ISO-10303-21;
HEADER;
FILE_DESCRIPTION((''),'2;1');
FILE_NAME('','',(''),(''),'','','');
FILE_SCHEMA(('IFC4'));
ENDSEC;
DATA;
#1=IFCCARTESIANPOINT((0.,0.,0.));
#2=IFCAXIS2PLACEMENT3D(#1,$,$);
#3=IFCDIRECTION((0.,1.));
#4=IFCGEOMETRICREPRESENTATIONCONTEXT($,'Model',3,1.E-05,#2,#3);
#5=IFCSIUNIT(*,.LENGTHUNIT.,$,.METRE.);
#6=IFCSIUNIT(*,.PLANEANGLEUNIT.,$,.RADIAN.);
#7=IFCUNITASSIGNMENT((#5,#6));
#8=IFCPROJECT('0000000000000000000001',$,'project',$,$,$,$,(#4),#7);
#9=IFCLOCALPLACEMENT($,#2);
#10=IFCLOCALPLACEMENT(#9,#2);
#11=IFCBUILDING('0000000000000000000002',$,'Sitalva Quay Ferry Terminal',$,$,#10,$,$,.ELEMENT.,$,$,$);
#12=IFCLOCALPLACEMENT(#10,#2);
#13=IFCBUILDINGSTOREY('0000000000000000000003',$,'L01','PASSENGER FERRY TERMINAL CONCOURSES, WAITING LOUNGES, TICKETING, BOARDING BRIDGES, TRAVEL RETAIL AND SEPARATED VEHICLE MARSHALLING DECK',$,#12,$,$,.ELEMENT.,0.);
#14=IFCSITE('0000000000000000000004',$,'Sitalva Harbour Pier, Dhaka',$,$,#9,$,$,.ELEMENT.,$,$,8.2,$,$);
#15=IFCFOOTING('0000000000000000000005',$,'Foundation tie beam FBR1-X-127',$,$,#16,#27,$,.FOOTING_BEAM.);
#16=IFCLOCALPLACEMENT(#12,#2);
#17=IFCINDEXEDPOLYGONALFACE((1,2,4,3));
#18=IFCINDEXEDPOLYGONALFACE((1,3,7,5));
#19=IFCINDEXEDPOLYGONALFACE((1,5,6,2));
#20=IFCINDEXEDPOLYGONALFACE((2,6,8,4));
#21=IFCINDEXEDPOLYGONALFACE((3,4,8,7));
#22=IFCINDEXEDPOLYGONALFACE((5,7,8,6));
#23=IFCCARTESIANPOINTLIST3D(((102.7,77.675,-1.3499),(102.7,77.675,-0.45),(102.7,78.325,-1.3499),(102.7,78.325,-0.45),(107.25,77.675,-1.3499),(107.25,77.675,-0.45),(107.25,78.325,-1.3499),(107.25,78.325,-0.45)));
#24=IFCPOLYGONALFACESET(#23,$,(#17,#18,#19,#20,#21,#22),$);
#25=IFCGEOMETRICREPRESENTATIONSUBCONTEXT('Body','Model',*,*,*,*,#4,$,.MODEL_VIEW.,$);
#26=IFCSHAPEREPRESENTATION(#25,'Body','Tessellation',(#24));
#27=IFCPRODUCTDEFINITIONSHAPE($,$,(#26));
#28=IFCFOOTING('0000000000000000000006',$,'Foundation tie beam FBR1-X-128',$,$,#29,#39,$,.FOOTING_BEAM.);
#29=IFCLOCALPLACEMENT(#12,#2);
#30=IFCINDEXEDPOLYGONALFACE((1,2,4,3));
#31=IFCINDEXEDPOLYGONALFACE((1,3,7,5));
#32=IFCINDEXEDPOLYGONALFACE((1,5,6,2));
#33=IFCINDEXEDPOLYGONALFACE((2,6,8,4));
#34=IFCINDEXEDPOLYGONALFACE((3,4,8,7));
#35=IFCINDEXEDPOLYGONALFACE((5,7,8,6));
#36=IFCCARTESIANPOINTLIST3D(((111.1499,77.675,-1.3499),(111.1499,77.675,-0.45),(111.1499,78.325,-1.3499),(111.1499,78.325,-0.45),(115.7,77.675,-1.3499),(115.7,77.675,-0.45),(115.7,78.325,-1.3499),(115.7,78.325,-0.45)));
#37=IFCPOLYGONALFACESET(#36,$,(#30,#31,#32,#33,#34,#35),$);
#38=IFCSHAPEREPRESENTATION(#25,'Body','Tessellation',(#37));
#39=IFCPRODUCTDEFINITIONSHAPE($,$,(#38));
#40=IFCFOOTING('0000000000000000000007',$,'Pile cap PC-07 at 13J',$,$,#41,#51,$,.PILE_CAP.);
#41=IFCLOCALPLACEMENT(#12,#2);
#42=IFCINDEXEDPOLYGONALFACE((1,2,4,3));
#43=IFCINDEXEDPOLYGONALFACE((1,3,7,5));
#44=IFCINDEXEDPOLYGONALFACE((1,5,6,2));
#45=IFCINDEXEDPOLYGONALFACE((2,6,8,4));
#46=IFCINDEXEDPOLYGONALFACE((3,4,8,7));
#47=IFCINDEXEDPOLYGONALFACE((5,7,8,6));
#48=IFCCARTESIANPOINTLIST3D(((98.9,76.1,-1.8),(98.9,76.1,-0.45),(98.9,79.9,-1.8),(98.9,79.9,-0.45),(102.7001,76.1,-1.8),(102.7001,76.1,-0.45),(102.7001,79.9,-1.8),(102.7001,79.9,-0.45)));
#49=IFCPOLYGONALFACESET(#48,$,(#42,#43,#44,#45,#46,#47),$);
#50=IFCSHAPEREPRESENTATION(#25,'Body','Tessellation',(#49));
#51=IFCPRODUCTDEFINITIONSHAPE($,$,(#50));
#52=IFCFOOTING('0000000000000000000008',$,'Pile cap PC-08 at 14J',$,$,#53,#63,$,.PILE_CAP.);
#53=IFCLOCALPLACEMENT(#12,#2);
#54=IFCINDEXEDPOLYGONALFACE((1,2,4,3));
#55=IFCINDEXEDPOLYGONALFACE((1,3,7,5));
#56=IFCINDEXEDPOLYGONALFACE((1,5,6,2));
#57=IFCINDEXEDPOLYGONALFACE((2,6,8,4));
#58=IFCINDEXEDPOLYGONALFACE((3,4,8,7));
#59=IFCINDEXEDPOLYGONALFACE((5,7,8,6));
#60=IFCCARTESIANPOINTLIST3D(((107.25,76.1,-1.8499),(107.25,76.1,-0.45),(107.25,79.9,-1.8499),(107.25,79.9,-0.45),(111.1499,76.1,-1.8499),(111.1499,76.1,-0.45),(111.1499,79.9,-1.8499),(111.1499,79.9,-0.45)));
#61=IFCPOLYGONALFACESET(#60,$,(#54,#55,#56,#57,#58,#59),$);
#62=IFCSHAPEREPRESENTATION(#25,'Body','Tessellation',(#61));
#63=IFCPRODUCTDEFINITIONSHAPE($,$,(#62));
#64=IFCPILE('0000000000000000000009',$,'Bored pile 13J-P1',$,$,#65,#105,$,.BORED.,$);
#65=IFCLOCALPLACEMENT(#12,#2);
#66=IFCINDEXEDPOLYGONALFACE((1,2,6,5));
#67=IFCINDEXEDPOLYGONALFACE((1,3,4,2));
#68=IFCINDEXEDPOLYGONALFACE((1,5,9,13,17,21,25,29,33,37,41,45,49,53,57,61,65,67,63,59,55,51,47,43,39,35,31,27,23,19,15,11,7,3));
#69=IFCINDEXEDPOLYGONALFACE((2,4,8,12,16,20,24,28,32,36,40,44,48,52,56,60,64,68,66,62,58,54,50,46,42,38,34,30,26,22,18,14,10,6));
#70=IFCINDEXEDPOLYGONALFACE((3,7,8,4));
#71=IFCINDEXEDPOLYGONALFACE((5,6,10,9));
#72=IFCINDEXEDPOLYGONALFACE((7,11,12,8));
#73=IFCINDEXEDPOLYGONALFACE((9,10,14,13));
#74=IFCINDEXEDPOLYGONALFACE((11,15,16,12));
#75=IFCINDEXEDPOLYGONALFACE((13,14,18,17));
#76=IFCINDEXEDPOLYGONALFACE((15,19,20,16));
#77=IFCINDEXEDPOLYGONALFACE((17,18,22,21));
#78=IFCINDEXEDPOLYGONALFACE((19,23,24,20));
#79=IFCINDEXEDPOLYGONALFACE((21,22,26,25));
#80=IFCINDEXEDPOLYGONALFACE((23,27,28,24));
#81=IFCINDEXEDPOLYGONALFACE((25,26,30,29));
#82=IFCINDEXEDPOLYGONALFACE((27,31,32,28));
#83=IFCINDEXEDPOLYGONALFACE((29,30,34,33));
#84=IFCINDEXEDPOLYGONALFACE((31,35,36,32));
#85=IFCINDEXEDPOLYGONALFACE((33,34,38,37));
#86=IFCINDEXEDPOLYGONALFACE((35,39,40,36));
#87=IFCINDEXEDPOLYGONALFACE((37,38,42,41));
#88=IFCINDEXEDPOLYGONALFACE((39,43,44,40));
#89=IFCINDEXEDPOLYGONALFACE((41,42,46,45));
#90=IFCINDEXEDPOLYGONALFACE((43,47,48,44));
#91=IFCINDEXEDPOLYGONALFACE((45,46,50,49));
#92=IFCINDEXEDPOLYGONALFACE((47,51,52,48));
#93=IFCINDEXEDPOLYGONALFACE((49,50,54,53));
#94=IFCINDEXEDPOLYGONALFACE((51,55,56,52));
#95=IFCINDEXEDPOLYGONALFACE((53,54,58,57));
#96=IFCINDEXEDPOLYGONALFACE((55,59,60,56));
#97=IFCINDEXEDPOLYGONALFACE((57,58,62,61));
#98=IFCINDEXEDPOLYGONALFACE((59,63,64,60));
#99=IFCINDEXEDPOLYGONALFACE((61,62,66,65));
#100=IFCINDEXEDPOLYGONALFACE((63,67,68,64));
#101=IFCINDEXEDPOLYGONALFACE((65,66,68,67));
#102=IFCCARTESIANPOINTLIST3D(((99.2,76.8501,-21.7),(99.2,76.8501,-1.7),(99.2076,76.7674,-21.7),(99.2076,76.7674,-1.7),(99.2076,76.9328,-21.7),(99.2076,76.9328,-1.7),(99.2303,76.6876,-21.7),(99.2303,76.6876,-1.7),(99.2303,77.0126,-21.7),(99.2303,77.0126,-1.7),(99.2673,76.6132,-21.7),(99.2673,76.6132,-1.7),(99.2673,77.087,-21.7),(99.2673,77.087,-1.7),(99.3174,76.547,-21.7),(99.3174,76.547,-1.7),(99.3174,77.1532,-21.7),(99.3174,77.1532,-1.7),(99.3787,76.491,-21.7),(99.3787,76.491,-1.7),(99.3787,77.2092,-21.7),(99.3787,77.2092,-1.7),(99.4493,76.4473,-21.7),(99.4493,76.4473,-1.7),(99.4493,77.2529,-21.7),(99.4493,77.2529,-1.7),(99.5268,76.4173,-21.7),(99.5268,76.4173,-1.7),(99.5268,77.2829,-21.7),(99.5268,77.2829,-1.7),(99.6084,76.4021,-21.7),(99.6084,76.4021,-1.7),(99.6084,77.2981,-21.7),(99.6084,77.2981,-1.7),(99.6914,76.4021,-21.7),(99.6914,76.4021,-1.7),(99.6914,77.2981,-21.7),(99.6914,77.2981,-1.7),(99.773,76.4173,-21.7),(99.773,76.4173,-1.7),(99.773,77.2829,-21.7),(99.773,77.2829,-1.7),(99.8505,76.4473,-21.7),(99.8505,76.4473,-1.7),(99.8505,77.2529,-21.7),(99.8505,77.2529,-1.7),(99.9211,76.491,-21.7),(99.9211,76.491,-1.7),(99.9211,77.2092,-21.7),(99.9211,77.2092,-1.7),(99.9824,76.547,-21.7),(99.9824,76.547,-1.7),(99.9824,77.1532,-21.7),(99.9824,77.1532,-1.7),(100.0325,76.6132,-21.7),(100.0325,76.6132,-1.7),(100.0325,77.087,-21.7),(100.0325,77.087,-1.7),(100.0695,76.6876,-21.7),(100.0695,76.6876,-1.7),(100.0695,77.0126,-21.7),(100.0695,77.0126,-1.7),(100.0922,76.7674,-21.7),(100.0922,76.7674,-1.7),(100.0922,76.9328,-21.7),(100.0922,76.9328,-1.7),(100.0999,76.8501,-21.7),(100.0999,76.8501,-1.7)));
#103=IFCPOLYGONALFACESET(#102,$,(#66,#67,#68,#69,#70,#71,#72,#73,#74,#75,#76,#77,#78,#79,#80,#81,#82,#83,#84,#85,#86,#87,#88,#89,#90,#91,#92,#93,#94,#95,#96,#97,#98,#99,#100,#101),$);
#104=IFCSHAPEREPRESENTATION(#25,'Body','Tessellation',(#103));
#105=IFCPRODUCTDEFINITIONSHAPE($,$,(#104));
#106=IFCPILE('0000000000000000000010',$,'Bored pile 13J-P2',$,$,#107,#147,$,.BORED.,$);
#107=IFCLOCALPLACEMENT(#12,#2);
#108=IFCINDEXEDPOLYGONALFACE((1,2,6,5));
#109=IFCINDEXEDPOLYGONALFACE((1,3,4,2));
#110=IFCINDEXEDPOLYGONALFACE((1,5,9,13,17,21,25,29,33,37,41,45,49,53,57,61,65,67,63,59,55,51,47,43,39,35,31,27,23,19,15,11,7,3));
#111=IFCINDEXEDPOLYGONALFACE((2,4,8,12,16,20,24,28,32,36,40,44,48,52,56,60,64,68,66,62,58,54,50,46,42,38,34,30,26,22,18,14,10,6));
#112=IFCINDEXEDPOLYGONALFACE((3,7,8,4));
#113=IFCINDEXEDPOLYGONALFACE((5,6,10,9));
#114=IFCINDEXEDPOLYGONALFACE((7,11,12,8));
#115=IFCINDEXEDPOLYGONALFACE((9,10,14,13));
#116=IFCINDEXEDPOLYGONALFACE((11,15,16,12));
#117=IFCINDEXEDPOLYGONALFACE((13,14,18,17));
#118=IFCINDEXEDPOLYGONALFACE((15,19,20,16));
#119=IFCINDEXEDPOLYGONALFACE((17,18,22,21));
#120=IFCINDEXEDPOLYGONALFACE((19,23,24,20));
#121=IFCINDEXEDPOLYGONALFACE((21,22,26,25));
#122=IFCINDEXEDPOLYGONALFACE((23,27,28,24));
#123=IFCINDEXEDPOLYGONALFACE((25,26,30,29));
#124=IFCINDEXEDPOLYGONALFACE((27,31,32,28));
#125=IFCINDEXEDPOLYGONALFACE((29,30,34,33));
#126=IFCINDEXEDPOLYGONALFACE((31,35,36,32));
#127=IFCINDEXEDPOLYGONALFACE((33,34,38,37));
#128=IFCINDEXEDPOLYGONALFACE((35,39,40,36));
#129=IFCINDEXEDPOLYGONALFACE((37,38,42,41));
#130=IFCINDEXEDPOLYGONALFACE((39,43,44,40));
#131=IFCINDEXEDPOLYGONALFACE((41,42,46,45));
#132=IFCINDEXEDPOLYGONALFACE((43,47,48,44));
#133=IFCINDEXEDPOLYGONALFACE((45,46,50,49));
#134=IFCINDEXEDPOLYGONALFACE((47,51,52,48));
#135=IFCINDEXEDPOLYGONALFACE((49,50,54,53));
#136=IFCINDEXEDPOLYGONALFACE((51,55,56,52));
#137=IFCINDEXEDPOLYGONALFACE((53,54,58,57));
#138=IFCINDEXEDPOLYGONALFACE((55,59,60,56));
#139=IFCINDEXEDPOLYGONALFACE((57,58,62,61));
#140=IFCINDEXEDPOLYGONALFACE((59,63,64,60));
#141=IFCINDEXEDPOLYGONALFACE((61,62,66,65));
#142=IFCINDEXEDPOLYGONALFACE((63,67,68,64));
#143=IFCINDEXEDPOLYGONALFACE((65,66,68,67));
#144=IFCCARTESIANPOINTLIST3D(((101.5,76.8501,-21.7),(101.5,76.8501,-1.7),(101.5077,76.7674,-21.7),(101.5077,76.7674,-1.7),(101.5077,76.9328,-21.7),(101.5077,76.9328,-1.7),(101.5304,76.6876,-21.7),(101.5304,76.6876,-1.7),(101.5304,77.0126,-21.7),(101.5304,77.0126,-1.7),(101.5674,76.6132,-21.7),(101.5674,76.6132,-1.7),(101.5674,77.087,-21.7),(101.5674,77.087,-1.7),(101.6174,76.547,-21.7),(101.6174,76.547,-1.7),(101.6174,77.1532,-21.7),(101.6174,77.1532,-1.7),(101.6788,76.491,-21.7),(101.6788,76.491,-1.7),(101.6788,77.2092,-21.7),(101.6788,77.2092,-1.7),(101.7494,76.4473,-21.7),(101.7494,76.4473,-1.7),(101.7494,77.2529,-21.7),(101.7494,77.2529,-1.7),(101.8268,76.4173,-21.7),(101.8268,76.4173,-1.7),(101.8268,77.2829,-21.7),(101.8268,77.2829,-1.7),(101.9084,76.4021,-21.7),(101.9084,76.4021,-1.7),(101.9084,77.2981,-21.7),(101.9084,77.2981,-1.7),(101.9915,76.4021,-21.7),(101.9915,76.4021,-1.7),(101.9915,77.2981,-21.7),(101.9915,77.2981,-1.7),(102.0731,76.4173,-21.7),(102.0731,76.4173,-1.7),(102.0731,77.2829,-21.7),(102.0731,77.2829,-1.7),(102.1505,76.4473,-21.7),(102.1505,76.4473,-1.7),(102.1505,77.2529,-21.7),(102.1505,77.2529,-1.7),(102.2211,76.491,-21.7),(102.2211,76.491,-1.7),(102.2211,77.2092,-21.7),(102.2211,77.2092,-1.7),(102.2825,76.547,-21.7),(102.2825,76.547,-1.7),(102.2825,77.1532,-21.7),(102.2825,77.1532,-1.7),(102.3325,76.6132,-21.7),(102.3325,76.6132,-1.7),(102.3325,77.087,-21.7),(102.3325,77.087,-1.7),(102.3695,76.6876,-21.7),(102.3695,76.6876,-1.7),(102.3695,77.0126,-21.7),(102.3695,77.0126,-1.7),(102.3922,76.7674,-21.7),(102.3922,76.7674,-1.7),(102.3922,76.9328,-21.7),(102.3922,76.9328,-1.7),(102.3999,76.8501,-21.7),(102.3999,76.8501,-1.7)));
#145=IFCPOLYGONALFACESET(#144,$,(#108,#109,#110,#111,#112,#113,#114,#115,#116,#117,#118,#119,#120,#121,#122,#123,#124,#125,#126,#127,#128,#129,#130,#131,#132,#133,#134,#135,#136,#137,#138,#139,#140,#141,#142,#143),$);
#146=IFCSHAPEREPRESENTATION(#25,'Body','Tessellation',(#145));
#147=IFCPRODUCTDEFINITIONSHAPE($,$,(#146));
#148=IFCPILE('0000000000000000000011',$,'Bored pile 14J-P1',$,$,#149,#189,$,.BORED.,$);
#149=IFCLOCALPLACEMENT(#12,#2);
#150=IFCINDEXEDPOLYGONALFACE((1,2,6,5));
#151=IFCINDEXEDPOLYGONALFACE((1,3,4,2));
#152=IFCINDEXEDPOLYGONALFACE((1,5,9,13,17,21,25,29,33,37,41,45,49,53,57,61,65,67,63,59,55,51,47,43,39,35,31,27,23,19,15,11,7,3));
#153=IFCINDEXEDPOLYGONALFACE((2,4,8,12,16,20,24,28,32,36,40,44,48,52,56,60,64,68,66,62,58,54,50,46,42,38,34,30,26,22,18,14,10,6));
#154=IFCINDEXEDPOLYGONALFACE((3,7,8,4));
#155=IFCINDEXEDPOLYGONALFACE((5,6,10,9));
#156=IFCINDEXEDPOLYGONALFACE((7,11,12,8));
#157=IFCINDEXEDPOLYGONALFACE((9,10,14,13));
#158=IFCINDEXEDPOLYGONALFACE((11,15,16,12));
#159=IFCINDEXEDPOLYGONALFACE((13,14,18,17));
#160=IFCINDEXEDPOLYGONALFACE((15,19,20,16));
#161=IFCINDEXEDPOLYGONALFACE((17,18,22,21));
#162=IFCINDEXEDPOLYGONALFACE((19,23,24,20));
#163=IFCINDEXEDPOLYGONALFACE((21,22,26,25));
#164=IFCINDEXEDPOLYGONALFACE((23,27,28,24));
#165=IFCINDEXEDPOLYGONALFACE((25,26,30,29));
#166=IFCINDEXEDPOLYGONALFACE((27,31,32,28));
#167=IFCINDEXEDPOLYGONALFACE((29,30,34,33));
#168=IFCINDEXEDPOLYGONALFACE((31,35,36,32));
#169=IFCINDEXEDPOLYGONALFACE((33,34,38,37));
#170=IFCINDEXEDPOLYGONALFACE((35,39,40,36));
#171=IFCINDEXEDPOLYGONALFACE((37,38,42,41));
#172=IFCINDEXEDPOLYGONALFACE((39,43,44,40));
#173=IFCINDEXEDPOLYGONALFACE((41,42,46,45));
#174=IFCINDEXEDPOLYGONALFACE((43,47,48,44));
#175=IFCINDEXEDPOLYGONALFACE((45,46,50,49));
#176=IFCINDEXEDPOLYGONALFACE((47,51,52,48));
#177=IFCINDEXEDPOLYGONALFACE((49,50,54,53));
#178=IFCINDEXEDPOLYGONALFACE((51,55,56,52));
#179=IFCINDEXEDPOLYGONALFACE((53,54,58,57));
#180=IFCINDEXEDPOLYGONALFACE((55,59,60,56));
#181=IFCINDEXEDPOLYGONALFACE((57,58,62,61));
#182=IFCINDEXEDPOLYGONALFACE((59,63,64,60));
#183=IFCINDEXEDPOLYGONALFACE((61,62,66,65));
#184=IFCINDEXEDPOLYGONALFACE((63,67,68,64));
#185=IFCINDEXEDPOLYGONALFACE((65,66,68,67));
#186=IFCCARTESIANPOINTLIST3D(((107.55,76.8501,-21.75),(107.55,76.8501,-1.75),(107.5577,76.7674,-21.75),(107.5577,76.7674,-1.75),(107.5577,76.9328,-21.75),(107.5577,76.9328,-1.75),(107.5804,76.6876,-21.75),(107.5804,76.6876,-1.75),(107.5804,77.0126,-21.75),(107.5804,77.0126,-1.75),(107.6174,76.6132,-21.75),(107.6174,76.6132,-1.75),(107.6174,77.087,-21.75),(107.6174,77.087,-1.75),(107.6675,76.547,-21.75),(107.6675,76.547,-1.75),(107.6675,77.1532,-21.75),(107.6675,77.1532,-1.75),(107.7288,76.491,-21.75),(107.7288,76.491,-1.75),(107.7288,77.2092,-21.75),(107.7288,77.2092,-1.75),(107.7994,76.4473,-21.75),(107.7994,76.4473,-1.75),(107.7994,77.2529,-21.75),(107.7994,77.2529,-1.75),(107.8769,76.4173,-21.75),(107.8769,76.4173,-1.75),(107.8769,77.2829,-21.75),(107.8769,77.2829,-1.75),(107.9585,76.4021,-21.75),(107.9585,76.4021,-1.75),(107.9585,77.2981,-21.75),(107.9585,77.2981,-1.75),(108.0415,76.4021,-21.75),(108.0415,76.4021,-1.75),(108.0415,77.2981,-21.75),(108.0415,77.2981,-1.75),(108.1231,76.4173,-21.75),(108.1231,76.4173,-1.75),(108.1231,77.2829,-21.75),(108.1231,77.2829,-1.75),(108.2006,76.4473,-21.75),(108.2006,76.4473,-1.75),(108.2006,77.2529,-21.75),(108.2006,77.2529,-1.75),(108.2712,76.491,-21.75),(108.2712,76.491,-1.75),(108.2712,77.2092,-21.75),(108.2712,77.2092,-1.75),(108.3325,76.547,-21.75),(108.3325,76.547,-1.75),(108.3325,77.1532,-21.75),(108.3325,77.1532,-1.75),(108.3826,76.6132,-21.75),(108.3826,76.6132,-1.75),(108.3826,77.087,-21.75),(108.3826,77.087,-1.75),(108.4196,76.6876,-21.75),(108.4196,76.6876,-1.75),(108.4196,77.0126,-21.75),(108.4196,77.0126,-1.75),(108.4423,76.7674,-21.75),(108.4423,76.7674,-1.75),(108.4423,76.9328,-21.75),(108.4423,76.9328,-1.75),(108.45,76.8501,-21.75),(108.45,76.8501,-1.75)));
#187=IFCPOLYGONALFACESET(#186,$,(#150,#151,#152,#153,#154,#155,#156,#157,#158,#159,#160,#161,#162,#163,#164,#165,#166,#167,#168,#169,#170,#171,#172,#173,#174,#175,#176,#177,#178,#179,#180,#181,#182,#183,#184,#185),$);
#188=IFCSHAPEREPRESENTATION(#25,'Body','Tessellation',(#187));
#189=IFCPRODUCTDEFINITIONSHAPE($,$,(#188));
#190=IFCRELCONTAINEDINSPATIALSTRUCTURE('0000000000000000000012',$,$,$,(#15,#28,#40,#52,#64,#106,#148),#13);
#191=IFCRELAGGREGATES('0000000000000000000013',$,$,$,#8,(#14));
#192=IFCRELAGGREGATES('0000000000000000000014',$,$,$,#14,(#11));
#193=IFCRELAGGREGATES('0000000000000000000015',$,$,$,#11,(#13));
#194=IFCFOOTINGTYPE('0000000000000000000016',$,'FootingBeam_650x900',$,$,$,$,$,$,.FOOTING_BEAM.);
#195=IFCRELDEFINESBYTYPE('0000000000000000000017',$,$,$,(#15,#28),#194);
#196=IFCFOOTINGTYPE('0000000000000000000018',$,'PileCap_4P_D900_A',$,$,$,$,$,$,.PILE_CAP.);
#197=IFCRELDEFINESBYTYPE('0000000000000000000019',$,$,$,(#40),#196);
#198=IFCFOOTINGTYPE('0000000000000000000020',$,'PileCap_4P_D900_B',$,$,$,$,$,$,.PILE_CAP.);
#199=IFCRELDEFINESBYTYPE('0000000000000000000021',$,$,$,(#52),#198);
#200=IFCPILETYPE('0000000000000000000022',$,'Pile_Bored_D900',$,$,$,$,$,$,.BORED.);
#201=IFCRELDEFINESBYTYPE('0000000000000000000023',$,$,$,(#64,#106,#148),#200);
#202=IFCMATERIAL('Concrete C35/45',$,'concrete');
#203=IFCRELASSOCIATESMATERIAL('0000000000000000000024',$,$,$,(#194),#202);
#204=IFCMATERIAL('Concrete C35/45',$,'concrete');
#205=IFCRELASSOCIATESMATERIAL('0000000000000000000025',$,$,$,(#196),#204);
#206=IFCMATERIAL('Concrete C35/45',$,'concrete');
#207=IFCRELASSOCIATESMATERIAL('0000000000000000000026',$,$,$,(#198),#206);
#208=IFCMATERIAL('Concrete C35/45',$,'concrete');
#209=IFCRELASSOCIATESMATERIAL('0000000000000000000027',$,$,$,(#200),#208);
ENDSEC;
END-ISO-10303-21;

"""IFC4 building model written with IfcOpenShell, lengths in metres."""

from ifc_helpers import new_model, si_unit, direction, frame, origin, origin_2d, place, context, subcontext, project, spatial, rectangle, circle, extrude, material, material_profile, profile_set, type_object, element, save


model = new_model("IFC4")

# Units and contexts
model_context = context("Model", 3, precision=1e-05, world=origin(), true_north=direction((0.0, 1.0)))
body_context = subcontext(model_context, "Body", "Model", "MODEL_VIEW")
ifc_project = project(units=[si_unit("LENGTHUNIT", "METRE"), si_unit("PLANEANGLEUNIT", "RADIAN")], contexts=[model_context])

# Site, building, storey
site_placement = place(None, origin())
site = spatial("IfcSite", under=ifc_project, at=site_placement, Name="Sitalva Harbour Pier, Dhaka", CompositionType="ELEMENT", RefElevation=8.2)
building_placement = place(site_placement, origin())
building = spatial("IfcBuilding", under=site, at=building_placement, Name="Sitalva Quay Ferry Terminal", CompositionType="ELEMENT")
storey_placement = place(building_placement, origin())
storey = spatial("IfcBuildingStorey", under=building, at=storey_placement, Name="L01", Description="PASSENGER FERRY TERMINAL CONCOURSES, WAITING LOUNGES, TICKETING, BOARDING BRIDGES, TRAVEL RETAIL AND SEPARATED VEHICLE MARSHALLING DECK", CompositionType="ELEMENT", Elevation=0.0)

# Footings
ifc_material_1 = material(Name="Concrete C35/45", Category="concrete")
ifc_material_profile_1 = material_profile(ifc_material_1, rectangle(XDim=0.6499, YDim=0.8999, at=origin_2d()), Name="RC650x900")
ifc_profile_set_1 = profile_set([ifc_material_profile_1], Name="Concrete C35/45")
footing_type_1 = type_object("IfcFootingType", Name="FootingBeam_650x900", PredefinedType="FOOTING_BEAM", material=ifc_profile_set_1)
for number, where, z_axis, x_axis, name in (
    (1, (102.7, 78.0, -0.8999), (1.0, 0.0, 0.0), (0.0, 1.0, 0.0), "Foundation tie beam FBR1-X-127"),
    (2, (111.1499, 78.0, -0.8999), (1.0, 0.0, 0.0), (0.0, 1.0, 0.0), "Foundation tie beam FBR1-X-128"),
):
    element("IfcFooting", number, at=place(storey_placement, frame(where, z_axis=z_axis, x_axis=x_axis)), inside=storey, type_object=footing_type_1, Name=name, PredefinedType="FOOTING_BEAM", context=body_context, shape_type="SweptSolid", body=[
        extrude(rectangle(XDim=0.6499, YDim=0.8999, at=origin_2d()), origin(), (0.0, 0.0, 1.0), 4.55),
    ])
ifc_material_2 = material(Name="Concrete C35/45", Category="concrete")
footing_type_2 = type_object("IfcFootingType", Name="PileCap_4P_D900_A", PredefinedType="PILE_CAP", material=ifc_material_2)
footing_1_placement = place(storey_placement, frame((100.8, 78.0, -1.8), z_axis=(0.0, 0.0, 1.0), x_axis=(1.0, 0.0, 0.0)))
element("IfcFooting", 3, at=footing_1_placement, inside=storey, type_object=footing_type_2, Name="Pile cap PC-07 at 13J", PredefinedType="PILE_CAP", context=body_context, shape_type="SweptSolid", body=[
    extrude(rectangle(XDim=3.8, YDim=3.8, at=origin_2d()), origin(), (0.0, 0.0, 1.0), 1.3501),
])
ifc_material_3 = material(Name="Concrete C35/45", Category="concrete")
footing_type_3 = type_object("IfcFootingType", Name="PileCap_4P_D900_B", PredefinedType="PILE_CAP", material=ifc_material_3)
footing_2_placement = place(storey_placement, frame((109.2, 78.0, -1.8499), z_axis=(0.0, 0.0, 1.0), x_axis=(1.0, 0.0, 0.0)))
element("IfcFooting", 4, at=footing_2_placement, inside=storey, type_object=footing_type_3, Name="Pile cap PC-08 at 14J", PredefinedType="PILE_CAP", context=body_context, shape_type="SweptSolid", body=[
    extrude(rectangle(XDim=3.8999, YDim=3.8, at=origin_2d()), origin(), (0.0, 0.0, 1.0), 1.3999),
])

# Piles
ifc_material_4 = material(Name="Concrete C35/45", Category="concrete")
ifc_material_profile_2 = material_profile(ifc_material_4, circle(Radius=0.45, at=origin_2d()), Name="PILE-D900")
ifc_profile_set_2 = profile_set([ifc_material_profile_2], Name="Concrete C35/45")
pile_type = type_object("IfcPileType", Name="Pile_Bored_D900", PredefinedType="BORED", material=ifc_profile_set_2)
for number, where, z_axis, x_axis, name in (
    (5, (99.6499, 76.8501, -1.7), (0.0, 0.0, -1.0), (1.0, 0.0, 0.0), "Bored pile 13J-P1"),
    (6, (101.95, 76.8501, -1.7), (0.0, 0.0, -1.0), (1.0, 0.0, 0.0), "Bored pile 13J-P2"),
    (7, (108.0, 76.8501, -1.75), (0.0, 0.0, -1.0), (1.0, 0.0, 0.0), "Bored pile 14J-P1"),
):
    element("IfcPile", number, at=place(storey_placement, frame(where, z_axis=z_axis, x_axis=x_axis)), inside=storey, type_object=pile_type, Name=name, PredefinedType="BORED", context=body_context, shape_type="SweptSolid", body=[
        extrude(circle(Radius=0.45, at=origin_2d()), origin(), (0.0, 0.0, 1.0), 20.0),
    ])

save(model, "model.ifc")
